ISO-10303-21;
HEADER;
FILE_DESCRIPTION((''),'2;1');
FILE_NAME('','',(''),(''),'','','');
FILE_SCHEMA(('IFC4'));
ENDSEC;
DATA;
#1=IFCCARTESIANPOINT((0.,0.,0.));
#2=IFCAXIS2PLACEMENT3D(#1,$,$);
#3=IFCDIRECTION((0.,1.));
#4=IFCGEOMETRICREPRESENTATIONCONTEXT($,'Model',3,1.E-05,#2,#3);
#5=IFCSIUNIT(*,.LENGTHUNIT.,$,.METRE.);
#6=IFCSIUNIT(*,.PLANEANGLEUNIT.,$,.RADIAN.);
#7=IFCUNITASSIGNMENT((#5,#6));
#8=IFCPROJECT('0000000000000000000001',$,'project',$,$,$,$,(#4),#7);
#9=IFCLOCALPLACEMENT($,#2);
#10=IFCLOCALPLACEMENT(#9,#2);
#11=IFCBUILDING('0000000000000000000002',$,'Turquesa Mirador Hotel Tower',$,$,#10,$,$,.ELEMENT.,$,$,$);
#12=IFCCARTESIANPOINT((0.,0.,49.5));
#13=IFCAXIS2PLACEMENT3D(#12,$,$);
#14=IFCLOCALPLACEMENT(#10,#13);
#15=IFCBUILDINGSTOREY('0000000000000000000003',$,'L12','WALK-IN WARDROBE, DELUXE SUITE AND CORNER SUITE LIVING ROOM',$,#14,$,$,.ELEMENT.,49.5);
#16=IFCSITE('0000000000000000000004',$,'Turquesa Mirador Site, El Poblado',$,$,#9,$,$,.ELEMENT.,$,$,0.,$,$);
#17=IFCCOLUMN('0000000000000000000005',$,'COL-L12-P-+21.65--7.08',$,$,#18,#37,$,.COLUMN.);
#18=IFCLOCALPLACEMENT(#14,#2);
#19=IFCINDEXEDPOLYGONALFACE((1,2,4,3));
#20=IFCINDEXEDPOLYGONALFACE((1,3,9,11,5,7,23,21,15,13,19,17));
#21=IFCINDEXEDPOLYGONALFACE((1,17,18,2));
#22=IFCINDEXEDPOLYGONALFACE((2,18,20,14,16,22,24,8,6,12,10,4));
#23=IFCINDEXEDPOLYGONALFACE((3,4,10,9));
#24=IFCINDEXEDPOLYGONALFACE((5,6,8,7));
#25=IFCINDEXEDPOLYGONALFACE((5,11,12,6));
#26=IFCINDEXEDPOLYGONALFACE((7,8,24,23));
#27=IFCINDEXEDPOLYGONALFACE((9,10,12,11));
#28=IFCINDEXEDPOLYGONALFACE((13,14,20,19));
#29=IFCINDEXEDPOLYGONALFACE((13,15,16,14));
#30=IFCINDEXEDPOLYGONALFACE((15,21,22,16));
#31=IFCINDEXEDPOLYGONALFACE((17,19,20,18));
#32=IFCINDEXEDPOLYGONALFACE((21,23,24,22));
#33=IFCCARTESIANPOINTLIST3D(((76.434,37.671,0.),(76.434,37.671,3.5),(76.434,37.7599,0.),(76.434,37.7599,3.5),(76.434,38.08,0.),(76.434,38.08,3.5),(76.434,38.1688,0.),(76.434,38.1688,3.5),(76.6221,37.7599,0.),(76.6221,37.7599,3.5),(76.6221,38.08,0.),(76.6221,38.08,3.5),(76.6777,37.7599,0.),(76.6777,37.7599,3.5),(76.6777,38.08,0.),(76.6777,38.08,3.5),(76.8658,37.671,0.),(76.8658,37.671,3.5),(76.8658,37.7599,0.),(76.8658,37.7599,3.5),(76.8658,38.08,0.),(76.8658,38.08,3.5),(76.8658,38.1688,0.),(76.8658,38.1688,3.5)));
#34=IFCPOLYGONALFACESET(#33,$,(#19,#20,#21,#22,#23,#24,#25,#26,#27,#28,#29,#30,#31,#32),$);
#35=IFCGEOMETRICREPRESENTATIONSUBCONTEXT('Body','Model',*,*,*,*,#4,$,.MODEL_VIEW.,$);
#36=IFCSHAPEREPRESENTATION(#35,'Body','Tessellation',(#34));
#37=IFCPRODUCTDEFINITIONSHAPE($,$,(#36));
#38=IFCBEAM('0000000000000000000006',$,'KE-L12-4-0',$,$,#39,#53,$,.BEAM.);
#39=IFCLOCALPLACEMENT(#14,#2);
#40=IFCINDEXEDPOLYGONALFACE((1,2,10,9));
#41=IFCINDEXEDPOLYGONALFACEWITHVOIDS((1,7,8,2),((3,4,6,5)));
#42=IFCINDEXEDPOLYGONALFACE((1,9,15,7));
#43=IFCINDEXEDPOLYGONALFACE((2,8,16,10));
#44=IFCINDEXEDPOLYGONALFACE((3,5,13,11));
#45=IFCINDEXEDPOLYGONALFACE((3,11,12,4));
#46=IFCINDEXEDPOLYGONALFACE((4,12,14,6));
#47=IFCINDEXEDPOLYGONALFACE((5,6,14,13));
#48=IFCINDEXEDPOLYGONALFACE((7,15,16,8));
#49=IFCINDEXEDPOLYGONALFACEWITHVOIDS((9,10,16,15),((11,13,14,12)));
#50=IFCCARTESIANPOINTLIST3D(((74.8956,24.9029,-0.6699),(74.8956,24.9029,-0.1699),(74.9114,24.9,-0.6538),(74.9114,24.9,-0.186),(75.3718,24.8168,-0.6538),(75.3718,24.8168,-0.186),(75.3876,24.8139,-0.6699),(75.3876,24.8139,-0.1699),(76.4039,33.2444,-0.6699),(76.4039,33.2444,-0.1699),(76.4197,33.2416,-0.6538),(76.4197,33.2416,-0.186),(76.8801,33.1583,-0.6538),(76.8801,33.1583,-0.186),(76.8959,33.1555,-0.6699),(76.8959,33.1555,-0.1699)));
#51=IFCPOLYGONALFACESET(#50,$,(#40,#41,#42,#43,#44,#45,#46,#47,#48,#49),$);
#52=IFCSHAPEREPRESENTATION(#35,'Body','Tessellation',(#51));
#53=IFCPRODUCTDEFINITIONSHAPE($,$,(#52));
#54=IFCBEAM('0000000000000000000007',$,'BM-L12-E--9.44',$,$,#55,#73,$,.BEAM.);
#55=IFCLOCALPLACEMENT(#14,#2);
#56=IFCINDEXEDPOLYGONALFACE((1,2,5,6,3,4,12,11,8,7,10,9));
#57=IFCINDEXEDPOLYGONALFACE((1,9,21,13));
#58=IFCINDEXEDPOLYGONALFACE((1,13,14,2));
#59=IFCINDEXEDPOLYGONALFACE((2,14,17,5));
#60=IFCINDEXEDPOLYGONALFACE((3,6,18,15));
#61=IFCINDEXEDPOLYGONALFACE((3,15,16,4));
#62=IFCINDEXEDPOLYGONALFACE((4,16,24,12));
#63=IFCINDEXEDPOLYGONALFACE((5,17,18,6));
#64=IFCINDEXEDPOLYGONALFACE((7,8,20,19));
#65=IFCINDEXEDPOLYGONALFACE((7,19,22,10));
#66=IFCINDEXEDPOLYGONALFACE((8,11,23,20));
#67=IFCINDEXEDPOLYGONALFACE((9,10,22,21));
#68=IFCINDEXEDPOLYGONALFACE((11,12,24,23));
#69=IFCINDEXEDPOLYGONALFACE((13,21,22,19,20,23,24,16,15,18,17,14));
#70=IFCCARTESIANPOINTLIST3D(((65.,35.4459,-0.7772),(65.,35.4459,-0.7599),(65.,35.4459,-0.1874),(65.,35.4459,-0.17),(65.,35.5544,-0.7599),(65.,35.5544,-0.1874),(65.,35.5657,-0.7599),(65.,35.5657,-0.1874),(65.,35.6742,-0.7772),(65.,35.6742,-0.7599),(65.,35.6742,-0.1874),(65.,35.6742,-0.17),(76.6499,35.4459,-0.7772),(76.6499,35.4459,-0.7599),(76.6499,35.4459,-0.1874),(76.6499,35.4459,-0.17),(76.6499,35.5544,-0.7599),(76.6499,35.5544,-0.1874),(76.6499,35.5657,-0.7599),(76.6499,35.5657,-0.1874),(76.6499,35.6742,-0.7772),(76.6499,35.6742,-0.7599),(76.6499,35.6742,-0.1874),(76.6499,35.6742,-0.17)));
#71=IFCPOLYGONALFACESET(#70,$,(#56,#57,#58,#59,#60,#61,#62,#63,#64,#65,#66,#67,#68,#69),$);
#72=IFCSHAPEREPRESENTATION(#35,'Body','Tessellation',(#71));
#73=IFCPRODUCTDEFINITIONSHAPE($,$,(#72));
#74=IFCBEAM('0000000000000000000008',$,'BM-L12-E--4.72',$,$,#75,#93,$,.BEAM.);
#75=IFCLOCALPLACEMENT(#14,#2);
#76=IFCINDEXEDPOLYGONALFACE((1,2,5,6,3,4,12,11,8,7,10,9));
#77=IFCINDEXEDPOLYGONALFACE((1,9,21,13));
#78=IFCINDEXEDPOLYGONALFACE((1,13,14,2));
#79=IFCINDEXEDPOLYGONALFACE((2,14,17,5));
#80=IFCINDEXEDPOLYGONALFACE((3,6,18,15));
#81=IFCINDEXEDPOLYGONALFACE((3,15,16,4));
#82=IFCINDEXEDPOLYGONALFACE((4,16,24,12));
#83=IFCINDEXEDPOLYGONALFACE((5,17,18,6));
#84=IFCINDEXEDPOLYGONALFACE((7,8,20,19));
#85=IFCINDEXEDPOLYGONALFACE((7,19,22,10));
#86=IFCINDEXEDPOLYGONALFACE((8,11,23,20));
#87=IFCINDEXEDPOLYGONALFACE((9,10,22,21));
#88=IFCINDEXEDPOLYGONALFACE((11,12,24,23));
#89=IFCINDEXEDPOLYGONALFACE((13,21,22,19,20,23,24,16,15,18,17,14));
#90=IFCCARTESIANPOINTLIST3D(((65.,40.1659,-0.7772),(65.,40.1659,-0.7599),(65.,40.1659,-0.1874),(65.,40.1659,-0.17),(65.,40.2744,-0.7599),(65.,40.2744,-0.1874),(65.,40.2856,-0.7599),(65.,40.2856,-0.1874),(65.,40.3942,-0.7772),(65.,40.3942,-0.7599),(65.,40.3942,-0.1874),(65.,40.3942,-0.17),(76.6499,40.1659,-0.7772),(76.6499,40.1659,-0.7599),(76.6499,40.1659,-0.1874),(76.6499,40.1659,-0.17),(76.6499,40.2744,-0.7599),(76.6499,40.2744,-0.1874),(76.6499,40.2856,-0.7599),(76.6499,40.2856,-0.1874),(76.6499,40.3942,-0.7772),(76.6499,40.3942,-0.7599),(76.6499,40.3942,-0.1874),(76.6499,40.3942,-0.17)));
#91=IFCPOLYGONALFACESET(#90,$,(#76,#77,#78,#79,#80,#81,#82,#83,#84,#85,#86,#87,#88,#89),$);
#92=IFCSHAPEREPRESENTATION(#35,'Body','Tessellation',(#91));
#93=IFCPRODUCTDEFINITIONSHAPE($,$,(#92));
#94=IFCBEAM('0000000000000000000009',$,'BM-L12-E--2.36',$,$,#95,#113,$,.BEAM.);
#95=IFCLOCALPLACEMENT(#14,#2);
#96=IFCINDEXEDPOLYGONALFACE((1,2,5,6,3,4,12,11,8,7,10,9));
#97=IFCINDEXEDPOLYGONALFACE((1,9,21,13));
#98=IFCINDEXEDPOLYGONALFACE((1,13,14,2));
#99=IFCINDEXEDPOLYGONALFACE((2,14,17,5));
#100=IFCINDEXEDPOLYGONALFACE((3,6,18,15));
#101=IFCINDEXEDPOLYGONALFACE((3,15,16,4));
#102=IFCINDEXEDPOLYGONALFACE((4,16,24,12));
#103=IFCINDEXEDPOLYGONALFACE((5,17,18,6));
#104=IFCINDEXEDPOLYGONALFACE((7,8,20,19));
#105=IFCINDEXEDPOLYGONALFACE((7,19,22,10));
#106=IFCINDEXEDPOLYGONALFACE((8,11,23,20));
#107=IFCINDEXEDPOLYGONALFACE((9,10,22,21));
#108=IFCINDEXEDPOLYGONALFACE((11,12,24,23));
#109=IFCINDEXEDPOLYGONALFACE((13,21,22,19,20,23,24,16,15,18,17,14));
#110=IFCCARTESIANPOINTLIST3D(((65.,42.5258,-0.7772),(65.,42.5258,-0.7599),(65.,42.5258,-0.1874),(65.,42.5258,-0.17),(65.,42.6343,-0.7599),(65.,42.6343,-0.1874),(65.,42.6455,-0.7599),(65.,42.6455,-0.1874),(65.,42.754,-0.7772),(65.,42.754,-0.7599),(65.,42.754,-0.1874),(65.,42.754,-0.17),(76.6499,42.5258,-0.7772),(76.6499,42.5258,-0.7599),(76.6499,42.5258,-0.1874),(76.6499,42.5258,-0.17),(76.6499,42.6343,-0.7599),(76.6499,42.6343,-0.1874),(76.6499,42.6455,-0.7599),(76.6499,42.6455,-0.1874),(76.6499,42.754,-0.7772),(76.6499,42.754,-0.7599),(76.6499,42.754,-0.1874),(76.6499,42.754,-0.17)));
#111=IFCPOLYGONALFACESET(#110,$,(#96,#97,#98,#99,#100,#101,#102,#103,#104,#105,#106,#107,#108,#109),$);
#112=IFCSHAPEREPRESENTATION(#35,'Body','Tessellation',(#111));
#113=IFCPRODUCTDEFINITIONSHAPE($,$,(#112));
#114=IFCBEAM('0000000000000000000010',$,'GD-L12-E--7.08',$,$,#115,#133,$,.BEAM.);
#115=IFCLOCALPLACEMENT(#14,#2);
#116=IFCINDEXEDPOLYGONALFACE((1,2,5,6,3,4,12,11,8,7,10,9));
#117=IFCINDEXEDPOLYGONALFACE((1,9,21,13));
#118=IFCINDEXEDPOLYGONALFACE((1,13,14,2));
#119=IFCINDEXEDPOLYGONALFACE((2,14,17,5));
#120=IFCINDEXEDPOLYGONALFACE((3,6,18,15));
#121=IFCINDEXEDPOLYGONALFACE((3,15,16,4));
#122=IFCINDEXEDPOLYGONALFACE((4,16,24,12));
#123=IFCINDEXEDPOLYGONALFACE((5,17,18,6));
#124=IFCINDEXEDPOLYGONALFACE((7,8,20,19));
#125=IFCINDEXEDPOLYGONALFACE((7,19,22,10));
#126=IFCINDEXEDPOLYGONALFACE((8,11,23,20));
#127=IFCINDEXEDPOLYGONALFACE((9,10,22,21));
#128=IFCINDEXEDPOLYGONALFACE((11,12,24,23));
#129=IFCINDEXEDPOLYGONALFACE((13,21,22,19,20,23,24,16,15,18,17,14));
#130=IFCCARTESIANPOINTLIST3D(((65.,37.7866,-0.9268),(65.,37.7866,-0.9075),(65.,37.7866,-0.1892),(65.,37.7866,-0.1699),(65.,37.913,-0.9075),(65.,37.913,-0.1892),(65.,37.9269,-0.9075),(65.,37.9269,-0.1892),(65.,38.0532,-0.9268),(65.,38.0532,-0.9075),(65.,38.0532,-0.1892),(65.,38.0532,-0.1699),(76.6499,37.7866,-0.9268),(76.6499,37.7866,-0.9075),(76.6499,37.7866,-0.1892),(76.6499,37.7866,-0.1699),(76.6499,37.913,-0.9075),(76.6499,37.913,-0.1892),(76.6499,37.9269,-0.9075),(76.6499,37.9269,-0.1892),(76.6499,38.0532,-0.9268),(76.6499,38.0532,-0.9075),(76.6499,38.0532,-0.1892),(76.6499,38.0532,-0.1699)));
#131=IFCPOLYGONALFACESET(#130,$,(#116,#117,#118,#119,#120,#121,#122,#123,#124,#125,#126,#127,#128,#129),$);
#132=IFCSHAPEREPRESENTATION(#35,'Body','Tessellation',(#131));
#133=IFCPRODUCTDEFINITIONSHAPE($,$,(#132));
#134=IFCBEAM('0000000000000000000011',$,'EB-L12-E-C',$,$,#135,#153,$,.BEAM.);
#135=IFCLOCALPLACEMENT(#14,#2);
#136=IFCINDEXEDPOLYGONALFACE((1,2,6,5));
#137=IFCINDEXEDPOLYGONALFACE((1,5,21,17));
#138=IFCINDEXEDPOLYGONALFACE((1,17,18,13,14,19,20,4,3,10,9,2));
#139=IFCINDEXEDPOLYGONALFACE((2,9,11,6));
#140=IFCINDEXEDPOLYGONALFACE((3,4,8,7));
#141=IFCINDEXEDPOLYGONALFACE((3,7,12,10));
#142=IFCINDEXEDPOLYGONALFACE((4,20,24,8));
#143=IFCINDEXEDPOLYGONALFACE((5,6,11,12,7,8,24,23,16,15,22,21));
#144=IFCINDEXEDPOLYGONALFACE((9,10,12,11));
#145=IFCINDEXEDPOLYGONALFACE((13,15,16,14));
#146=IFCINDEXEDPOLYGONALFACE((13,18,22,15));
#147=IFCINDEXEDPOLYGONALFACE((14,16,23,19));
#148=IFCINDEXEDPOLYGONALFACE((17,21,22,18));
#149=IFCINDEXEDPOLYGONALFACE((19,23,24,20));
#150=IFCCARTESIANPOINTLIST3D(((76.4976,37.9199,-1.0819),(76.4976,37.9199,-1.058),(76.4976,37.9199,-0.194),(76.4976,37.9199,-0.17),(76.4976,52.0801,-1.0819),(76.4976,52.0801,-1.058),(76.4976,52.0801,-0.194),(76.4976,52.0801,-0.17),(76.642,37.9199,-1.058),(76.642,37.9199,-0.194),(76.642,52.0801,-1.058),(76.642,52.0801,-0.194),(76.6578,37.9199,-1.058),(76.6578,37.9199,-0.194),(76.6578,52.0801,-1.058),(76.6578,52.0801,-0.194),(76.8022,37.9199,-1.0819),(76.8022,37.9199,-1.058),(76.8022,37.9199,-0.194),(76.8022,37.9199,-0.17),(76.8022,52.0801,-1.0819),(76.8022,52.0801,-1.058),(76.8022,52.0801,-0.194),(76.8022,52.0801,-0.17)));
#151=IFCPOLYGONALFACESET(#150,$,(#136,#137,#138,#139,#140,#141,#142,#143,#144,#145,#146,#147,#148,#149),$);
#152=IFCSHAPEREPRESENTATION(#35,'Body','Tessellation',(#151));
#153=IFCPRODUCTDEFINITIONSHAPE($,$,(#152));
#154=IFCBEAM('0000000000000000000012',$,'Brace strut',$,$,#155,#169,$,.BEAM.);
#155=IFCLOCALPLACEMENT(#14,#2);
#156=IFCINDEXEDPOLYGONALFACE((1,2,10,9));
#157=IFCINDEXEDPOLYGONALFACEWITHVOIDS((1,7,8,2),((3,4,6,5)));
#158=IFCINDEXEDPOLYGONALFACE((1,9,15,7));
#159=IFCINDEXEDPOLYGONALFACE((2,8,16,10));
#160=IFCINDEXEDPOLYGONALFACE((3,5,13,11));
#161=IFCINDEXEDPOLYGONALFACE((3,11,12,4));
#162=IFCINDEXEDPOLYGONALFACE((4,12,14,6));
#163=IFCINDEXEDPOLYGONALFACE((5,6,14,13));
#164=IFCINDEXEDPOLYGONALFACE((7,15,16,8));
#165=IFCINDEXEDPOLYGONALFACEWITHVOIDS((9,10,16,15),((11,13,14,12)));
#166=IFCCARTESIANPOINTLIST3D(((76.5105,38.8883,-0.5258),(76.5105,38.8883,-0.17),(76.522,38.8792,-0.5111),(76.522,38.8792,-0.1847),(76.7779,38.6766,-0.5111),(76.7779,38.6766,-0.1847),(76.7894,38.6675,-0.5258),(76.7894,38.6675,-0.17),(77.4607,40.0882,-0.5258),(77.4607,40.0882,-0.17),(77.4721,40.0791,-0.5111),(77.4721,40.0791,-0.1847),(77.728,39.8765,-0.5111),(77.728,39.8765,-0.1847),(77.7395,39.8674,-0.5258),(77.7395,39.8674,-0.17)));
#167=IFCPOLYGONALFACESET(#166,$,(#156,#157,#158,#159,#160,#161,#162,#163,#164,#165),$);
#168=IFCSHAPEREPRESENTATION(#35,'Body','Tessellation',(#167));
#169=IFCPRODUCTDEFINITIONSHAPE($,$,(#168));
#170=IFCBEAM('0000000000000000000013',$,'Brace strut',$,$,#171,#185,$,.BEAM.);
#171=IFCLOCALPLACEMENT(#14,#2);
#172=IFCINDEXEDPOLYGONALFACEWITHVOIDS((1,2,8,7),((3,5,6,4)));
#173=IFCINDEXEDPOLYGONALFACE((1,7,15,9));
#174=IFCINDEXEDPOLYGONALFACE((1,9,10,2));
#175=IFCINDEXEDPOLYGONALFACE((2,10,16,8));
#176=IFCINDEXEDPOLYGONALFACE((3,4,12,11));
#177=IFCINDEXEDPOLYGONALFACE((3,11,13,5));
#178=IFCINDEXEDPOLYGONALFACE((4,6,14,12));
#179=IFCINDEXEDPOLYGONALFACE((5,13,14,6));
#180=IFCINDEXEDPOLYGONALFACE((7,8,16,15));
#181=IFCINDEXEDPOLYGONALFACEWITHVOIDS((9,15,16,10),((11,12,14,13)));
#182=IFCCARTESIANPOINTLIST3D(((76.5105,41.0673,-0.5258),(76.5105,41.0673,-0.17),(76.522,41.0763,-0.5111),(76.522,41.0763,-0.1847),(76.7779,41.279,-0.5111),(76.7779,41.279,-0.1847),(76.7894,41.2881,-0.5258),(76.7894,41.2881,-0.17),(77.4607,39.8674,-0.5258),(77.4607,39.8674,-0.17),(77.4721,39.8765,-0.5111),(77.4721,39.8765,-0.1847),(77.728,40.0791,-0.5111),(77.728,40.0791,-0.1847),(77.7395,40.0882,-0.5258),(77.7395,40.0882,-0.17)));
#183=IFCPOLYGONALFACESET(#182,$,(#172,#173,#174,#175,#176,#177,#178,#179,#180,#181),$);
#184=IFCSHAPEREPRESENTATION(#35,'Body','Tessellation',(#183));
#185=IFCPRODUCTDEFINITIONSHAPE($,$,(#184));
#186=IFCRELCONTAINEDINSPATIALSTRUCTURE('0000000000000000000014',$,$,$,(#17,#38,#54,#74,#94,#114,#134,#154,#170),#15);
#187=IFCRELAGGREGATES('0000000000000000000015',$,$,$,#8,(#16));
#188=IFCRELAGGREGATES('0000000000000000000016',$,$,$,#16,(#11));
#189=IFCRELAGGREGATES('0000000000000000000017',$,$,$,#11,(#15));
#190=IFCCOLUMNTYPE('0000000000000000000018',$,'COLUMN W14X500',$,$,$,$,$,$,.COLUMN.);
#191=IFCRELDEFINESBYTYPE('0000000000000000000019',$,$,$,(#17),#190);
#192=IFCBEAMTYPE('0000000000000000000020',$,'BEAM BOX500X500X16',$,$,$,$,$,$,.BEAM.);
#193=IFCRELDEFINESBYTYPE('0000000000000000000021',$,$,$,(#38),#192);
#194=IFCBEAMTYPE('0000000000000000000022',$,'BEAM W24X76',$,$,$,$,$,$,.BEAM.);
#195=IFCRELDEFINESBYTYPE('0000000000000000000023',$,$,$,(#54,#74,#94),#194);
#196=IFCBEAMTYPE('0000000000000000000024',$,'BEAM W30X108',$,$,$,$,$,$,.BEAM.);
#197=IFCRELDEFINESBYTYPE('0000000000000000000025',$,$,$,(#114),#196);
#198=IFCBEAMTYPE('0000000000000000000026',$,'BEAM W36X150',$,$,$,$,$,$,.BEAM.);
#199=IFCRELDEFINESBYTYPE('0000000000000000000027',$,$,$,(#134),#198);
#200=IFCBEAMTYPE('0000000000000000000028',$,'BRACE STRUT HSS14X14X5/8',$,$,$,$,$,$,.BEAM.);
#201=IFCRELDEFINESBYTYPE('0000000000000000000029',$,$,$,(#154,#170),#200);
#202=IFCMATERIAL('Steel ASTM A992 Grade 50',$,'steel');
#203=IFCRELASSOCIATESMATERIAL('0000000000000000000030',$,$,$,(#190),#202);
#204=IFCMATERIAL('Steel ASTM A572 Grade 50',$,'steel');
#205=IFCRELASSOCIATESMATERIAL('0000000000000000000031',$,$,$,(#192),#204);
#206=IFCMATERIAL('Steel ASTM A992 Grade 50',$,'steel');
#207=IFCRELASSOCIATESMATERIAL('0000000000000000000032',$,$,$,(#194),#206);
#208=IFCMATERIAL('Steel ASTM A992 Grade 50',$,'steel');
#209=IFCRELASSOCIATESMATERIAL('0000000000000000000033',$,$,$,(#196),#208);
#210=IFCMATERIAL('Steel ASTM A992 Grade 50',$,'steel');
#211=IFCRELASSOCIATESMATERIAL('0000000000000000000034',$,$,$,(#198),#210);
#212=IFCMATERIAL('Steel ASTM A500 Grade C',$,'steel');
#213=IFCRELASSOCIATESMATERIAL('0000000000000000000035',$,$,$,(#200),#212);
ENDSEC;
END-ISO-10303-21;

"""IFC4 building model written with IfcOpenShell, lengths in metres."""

from ifc_helpers import new_model, si_unit, direction, frame, origin, origin_2d, place, context, subcontext, project, spatial, hollow_rectangle, i_section, extrude, material, material_profile, profile_set, type_object, element, save


model = new_model("IFC4")

# Units and contexts
model_context = context("Model", 3, precision=1e-05, world=origin(), true_north=direction((0.0, 1.0)))
body_context = subcontext(model_context, "Body", "Model", "MODEL_VIEW")
ifc_project = project(units=[si_unit("LENGTHUNIT", "METRE"), si_unit("PLANEANGLEUNIT", "RADIAN")], contexts=[model_context])

# Site, building, storey
site_placement = place(None, origin())
site = spatial("IfcSite", under=ifc_project, at=site_placement, Name="Turquesa Mirador Site, El Poblado", CompositionType="ELEMENT", RefElevation=0.0)
building_placement = place(site_placement, origin())
building = spatial("IfcBuilding", under=site, at=building_placement, Name="Turquesa Mirador Hotel Tower", CompositionType="ELEMENT")
storey_placement = place(building_placement, frame((0.0, 0.0, 49.5)))
storey = spatial("IfcBuildingStorey", under=building, at=storey_placement, Name="L12", Description="WALK-IN WARDROBE, DELUXE SUITE AND CORNER SUITE LIVING ROOM", CompositionType="ELEMENT", Elevation=49.5)

# Column
ifc_material_1 = material(Name="Steel ASTM A992 Grade 50", Category="steel")
ifc_material_profile_1 = material_profile(ifc_material_1, i_section(OverallWidth=0.4319, OverallDepth=0.4978, WebThickness=0.0557, FlangeThickness=0.0889, at=origin_2d()), Name="W14X500")
ifc_profile_set_1 = profile_set([ifc_material_profile_1], Name="Steel ASTM A992 Grade 50")
column_type = type_object("IfcColumnType", Name="COLUMN W14X500", PredefinedType="COLUMN", material=ifc_profile_set_1)
column_placement = place(storey_placement, frame((76.6499, 37.9199, 0.0), z_axis=(0.0, 0.0, 1.0), x_axis=(1.0, 0.0, 0.0)))
element("IfcColumn", 1, at=column_placement, inside=storey, type_object=column_type, Name="COL-L12-P-+21.65--7.08", PredefinedType="COLUMN", context=body_context, shape_type="SweptSolid", body=[
    extrude(i_section(OverallWidth=0.4319, OverallDepth=0.4978, WebThickness=0.0557, FlangeThickness=0.0889, at=origin_2d()), origin(), (0.0, 0.0, 1.0), 3.5),
])

# Beams
ifc_material_2 = material(Name="Steel ASTM A572 Grade 50", Category="steel")
ifc_material_profile_2 = material_profile(ifc_material_2, hollow_rectangle(XDim=0.5, YDim=0.5, WallThickness=0.0161, at=origin_2d()), Name="BOX500X500X16")
ifc_profile_set_2 = profile_set([ifc_material_profile_2], Name="Steel ASTM A572 Grade 50")
beam_type_1 = type_object("IfcBeamType", Name="BEAM BOX500X500X16", PredefinedType="BEAM", material=ifc_profile_set_2)
beam_1_placement = place(storey_placement, frame((76.6499, 33.2, -0.4199), z_axis=(-0.177932, -0.984043, 0.0), x_axis=(0.984043, -0.177932, 0.0)))
element("IfcBeam", 2, at=beam_1_placement, inside=storey, type_object=beam_type_1, Name="KE-L12-4-0", PredefinedType="BEAM", context=body_context, shape_type="SweptSolid", body=[
    extrude(hollow_rectangle(XDim=0.5, YDim=0.5, WallThickness=0.0161, at=origin_2d()), origin(), (0.0, 0.0, 1.0), 8.4768),
])
ifc_material_3 = material(Name="Steel ASTM A992 Grade 50", Category="steel")
ifc_material_profile_3 = material_profile(ifc_material_3, i_section(OverallWidth=0.2283, OverallDepth=0.6072, WebThickness=0.0112, FlangeThickness=0.0173, at=origin_2d()), Name="W24X76")
ifc_profile_set_3 = profile_set([ifc_material_profile_3], Name="Steel ASTM A992 Grade 50")
beam_type_2 = type_object("IfcBeamType", Name="BEAM W24X76", PredefinedType="BEAM", material=ifc_profile_set_3)
for number, where, z_axis, x_axis, name in (
    (3, (76.6499, 35.5601, -0.4736), (-1.0, 0.0, 0.0), (0.0, -1.0, 0.0), "BM-L12-E--9.44"),
    (4, (76.6499, 40.28, -0.4736), (-1.0, 0.0, 0.0), (0.0, -1.0, 0.0), "BM-L12-E--4.72"),
    (5, (76.6499, 42.6399, -0.4736), (-1.0, 0.0, 0.0), (0.0, -1.0, 0.0), "BM-L12-E--2.36"),
):
    element("IfcBeam", number, at=place(storey_placement, frame(where, z_axis=z_axis, x_axis=x_axis)), inside=storey, type_object=beam_type_2, Name=name, PredefinedType="BEAM", context=body_context, shape_type="SweptSolid", body=[
        extrude(i_section(OverallWidth=0.2283, OverallDepth=0.6072, WebThickness=0.0112, FlangeThickness=0.0173, at=origin_2d()), origin(), (0.0, 0.0, 1.0), 11.6499),
    ])
ifc_material_4 = material(Name="Steel ASTM A992 Grade 50", Category="steel")
ifc_material_profile_4 = material_profile(ifc_material_4, i_section(OverallWidth=0.2666, OverallDepth=0.7568, WebThickness=0.0139, FlangeThickness=0.0193, at=origin_2d()), Name="W30X108")
ifc_profile_set_4 = profile_set([ifc_material_profile_4], Name="Steel ASTM A992 Grade 50")
beam_type_3 = type_object("IfcBeamType", Name="BEAM W30X108", PredefinedType="BEAM", material=ifc_profile_set_4)
beam_2_placement = place(storey_placement, frame((76.6499, 37.9199, -0.5483), z_axis=(-1.0, 0.0, 0.0), x_axis=(0.0, -1.0, 0.0)))
element("IfcBeam", 6, at=beam_2_placement, inside=storey, type_object=beam_type_3, Name="GD-L12-E--7.08", PredefinedType="BEAM", context=body_context, shape_type="SweptSolid", body=[
    extrude(i_section(OverallWidth=0.2666, OverallDepth=0.7568, WebThickness=0.0139, FlangeThickness=0.0193, at=origin_2d()), origin(), (0.0, 0.0, 1.0), 11.6499),
])
ifc_material_5 = material(Name="Steel ASTM A992 Grade 50", Category="steel")
ifc_material_profile_5 = material_profile(ifc_material_5, i_section(OverallWidth=0.3047, OverallDepth=0.9119, WebThickness=0.0159, FlangeThickness=0.0239, at=origin_2d()), Name="W36X150")
ifc_profile_set_5 = profile_set([ifc_material_profile_5], Name="Steel ASTM A992 Grade 50")
beam_type_4 = type_object("IfcBeamType", Name="BEAM W36X150", PredefinedType="BEAM", material=ifc_profile_set_5)
beam_3_placement = place(storey_placement, frame((76.6499, 37.9199, -0.626), z_axis=(0.0, 1.0, 0.0), x_axis=(-1.0, 0.0, 0.0)))
element("IfcBeam", 7, at=beam_3_placement, inside=storey, type_object=beam_type_4, Name="EB-L12-E-C", PredefinedType="BEAM", context=body_context, shape_type="SweptSolid", body=[
    extrude(i_section(OverallWidth=0.3047, OverallDepth=0.9119, WebThickness=0.0159, FlangeThickness=0.0239, at=origin_2d()), origin(), (0.0, 0.0, 1.0), 14.1602),
])
ifc_material_6 = material(Name="Steel ASTM A500 Grade C", Category="steel")
ifc_material_profile_6 = material_profile(ifc_material_6, hollow_rectangle(XDim=0.3557, YDim=0.3557, WallThickness=0.0146, at=origin_2d()), Name="HSS14X14X5/8")
ifc_profile_set_6 = profile_set([ifc_material_profile_6], Name="Steel ASTM A500 Grade C")
beam_type_5 = type_object("IfcBeamType", Name="BRACE STRUT HSS14X14X5/8", PredefinedType="BEAM", material=ifc_profile_set_6)
for number, where, z_axis, x_axis, name in (
    (8, (77.6001, 39.9778, -0.3479), (-0.620797, -0.783971, 0.0), (0.783971, -0.620797, 0.0), "Brace strut"),
    (9, (77.6001, 39.9778, -0.3479), (-0.620797, 0.783971, 0.0), (-0.783971, -0.620797, 0.0), "Brace strut"),
):
    element("IfcBeam", number, at=place(storey_placement, frame(where, z_axis=z_axis, x_axis=x_axis)), inside=storey, type_object=beam_type_5, Name=name, PredefinedType="BEAM", context=body_context, shape_type="SweptSolid", body=[
        extrude(hollow_rectangle(XDim=0.3557, YDim=0.3557, WallThickness=0.0146, at=origin_2d()), origin(), (0.0, 0.0, 1.0), 1.5305),
    ])

save(model, "model.ifc")
